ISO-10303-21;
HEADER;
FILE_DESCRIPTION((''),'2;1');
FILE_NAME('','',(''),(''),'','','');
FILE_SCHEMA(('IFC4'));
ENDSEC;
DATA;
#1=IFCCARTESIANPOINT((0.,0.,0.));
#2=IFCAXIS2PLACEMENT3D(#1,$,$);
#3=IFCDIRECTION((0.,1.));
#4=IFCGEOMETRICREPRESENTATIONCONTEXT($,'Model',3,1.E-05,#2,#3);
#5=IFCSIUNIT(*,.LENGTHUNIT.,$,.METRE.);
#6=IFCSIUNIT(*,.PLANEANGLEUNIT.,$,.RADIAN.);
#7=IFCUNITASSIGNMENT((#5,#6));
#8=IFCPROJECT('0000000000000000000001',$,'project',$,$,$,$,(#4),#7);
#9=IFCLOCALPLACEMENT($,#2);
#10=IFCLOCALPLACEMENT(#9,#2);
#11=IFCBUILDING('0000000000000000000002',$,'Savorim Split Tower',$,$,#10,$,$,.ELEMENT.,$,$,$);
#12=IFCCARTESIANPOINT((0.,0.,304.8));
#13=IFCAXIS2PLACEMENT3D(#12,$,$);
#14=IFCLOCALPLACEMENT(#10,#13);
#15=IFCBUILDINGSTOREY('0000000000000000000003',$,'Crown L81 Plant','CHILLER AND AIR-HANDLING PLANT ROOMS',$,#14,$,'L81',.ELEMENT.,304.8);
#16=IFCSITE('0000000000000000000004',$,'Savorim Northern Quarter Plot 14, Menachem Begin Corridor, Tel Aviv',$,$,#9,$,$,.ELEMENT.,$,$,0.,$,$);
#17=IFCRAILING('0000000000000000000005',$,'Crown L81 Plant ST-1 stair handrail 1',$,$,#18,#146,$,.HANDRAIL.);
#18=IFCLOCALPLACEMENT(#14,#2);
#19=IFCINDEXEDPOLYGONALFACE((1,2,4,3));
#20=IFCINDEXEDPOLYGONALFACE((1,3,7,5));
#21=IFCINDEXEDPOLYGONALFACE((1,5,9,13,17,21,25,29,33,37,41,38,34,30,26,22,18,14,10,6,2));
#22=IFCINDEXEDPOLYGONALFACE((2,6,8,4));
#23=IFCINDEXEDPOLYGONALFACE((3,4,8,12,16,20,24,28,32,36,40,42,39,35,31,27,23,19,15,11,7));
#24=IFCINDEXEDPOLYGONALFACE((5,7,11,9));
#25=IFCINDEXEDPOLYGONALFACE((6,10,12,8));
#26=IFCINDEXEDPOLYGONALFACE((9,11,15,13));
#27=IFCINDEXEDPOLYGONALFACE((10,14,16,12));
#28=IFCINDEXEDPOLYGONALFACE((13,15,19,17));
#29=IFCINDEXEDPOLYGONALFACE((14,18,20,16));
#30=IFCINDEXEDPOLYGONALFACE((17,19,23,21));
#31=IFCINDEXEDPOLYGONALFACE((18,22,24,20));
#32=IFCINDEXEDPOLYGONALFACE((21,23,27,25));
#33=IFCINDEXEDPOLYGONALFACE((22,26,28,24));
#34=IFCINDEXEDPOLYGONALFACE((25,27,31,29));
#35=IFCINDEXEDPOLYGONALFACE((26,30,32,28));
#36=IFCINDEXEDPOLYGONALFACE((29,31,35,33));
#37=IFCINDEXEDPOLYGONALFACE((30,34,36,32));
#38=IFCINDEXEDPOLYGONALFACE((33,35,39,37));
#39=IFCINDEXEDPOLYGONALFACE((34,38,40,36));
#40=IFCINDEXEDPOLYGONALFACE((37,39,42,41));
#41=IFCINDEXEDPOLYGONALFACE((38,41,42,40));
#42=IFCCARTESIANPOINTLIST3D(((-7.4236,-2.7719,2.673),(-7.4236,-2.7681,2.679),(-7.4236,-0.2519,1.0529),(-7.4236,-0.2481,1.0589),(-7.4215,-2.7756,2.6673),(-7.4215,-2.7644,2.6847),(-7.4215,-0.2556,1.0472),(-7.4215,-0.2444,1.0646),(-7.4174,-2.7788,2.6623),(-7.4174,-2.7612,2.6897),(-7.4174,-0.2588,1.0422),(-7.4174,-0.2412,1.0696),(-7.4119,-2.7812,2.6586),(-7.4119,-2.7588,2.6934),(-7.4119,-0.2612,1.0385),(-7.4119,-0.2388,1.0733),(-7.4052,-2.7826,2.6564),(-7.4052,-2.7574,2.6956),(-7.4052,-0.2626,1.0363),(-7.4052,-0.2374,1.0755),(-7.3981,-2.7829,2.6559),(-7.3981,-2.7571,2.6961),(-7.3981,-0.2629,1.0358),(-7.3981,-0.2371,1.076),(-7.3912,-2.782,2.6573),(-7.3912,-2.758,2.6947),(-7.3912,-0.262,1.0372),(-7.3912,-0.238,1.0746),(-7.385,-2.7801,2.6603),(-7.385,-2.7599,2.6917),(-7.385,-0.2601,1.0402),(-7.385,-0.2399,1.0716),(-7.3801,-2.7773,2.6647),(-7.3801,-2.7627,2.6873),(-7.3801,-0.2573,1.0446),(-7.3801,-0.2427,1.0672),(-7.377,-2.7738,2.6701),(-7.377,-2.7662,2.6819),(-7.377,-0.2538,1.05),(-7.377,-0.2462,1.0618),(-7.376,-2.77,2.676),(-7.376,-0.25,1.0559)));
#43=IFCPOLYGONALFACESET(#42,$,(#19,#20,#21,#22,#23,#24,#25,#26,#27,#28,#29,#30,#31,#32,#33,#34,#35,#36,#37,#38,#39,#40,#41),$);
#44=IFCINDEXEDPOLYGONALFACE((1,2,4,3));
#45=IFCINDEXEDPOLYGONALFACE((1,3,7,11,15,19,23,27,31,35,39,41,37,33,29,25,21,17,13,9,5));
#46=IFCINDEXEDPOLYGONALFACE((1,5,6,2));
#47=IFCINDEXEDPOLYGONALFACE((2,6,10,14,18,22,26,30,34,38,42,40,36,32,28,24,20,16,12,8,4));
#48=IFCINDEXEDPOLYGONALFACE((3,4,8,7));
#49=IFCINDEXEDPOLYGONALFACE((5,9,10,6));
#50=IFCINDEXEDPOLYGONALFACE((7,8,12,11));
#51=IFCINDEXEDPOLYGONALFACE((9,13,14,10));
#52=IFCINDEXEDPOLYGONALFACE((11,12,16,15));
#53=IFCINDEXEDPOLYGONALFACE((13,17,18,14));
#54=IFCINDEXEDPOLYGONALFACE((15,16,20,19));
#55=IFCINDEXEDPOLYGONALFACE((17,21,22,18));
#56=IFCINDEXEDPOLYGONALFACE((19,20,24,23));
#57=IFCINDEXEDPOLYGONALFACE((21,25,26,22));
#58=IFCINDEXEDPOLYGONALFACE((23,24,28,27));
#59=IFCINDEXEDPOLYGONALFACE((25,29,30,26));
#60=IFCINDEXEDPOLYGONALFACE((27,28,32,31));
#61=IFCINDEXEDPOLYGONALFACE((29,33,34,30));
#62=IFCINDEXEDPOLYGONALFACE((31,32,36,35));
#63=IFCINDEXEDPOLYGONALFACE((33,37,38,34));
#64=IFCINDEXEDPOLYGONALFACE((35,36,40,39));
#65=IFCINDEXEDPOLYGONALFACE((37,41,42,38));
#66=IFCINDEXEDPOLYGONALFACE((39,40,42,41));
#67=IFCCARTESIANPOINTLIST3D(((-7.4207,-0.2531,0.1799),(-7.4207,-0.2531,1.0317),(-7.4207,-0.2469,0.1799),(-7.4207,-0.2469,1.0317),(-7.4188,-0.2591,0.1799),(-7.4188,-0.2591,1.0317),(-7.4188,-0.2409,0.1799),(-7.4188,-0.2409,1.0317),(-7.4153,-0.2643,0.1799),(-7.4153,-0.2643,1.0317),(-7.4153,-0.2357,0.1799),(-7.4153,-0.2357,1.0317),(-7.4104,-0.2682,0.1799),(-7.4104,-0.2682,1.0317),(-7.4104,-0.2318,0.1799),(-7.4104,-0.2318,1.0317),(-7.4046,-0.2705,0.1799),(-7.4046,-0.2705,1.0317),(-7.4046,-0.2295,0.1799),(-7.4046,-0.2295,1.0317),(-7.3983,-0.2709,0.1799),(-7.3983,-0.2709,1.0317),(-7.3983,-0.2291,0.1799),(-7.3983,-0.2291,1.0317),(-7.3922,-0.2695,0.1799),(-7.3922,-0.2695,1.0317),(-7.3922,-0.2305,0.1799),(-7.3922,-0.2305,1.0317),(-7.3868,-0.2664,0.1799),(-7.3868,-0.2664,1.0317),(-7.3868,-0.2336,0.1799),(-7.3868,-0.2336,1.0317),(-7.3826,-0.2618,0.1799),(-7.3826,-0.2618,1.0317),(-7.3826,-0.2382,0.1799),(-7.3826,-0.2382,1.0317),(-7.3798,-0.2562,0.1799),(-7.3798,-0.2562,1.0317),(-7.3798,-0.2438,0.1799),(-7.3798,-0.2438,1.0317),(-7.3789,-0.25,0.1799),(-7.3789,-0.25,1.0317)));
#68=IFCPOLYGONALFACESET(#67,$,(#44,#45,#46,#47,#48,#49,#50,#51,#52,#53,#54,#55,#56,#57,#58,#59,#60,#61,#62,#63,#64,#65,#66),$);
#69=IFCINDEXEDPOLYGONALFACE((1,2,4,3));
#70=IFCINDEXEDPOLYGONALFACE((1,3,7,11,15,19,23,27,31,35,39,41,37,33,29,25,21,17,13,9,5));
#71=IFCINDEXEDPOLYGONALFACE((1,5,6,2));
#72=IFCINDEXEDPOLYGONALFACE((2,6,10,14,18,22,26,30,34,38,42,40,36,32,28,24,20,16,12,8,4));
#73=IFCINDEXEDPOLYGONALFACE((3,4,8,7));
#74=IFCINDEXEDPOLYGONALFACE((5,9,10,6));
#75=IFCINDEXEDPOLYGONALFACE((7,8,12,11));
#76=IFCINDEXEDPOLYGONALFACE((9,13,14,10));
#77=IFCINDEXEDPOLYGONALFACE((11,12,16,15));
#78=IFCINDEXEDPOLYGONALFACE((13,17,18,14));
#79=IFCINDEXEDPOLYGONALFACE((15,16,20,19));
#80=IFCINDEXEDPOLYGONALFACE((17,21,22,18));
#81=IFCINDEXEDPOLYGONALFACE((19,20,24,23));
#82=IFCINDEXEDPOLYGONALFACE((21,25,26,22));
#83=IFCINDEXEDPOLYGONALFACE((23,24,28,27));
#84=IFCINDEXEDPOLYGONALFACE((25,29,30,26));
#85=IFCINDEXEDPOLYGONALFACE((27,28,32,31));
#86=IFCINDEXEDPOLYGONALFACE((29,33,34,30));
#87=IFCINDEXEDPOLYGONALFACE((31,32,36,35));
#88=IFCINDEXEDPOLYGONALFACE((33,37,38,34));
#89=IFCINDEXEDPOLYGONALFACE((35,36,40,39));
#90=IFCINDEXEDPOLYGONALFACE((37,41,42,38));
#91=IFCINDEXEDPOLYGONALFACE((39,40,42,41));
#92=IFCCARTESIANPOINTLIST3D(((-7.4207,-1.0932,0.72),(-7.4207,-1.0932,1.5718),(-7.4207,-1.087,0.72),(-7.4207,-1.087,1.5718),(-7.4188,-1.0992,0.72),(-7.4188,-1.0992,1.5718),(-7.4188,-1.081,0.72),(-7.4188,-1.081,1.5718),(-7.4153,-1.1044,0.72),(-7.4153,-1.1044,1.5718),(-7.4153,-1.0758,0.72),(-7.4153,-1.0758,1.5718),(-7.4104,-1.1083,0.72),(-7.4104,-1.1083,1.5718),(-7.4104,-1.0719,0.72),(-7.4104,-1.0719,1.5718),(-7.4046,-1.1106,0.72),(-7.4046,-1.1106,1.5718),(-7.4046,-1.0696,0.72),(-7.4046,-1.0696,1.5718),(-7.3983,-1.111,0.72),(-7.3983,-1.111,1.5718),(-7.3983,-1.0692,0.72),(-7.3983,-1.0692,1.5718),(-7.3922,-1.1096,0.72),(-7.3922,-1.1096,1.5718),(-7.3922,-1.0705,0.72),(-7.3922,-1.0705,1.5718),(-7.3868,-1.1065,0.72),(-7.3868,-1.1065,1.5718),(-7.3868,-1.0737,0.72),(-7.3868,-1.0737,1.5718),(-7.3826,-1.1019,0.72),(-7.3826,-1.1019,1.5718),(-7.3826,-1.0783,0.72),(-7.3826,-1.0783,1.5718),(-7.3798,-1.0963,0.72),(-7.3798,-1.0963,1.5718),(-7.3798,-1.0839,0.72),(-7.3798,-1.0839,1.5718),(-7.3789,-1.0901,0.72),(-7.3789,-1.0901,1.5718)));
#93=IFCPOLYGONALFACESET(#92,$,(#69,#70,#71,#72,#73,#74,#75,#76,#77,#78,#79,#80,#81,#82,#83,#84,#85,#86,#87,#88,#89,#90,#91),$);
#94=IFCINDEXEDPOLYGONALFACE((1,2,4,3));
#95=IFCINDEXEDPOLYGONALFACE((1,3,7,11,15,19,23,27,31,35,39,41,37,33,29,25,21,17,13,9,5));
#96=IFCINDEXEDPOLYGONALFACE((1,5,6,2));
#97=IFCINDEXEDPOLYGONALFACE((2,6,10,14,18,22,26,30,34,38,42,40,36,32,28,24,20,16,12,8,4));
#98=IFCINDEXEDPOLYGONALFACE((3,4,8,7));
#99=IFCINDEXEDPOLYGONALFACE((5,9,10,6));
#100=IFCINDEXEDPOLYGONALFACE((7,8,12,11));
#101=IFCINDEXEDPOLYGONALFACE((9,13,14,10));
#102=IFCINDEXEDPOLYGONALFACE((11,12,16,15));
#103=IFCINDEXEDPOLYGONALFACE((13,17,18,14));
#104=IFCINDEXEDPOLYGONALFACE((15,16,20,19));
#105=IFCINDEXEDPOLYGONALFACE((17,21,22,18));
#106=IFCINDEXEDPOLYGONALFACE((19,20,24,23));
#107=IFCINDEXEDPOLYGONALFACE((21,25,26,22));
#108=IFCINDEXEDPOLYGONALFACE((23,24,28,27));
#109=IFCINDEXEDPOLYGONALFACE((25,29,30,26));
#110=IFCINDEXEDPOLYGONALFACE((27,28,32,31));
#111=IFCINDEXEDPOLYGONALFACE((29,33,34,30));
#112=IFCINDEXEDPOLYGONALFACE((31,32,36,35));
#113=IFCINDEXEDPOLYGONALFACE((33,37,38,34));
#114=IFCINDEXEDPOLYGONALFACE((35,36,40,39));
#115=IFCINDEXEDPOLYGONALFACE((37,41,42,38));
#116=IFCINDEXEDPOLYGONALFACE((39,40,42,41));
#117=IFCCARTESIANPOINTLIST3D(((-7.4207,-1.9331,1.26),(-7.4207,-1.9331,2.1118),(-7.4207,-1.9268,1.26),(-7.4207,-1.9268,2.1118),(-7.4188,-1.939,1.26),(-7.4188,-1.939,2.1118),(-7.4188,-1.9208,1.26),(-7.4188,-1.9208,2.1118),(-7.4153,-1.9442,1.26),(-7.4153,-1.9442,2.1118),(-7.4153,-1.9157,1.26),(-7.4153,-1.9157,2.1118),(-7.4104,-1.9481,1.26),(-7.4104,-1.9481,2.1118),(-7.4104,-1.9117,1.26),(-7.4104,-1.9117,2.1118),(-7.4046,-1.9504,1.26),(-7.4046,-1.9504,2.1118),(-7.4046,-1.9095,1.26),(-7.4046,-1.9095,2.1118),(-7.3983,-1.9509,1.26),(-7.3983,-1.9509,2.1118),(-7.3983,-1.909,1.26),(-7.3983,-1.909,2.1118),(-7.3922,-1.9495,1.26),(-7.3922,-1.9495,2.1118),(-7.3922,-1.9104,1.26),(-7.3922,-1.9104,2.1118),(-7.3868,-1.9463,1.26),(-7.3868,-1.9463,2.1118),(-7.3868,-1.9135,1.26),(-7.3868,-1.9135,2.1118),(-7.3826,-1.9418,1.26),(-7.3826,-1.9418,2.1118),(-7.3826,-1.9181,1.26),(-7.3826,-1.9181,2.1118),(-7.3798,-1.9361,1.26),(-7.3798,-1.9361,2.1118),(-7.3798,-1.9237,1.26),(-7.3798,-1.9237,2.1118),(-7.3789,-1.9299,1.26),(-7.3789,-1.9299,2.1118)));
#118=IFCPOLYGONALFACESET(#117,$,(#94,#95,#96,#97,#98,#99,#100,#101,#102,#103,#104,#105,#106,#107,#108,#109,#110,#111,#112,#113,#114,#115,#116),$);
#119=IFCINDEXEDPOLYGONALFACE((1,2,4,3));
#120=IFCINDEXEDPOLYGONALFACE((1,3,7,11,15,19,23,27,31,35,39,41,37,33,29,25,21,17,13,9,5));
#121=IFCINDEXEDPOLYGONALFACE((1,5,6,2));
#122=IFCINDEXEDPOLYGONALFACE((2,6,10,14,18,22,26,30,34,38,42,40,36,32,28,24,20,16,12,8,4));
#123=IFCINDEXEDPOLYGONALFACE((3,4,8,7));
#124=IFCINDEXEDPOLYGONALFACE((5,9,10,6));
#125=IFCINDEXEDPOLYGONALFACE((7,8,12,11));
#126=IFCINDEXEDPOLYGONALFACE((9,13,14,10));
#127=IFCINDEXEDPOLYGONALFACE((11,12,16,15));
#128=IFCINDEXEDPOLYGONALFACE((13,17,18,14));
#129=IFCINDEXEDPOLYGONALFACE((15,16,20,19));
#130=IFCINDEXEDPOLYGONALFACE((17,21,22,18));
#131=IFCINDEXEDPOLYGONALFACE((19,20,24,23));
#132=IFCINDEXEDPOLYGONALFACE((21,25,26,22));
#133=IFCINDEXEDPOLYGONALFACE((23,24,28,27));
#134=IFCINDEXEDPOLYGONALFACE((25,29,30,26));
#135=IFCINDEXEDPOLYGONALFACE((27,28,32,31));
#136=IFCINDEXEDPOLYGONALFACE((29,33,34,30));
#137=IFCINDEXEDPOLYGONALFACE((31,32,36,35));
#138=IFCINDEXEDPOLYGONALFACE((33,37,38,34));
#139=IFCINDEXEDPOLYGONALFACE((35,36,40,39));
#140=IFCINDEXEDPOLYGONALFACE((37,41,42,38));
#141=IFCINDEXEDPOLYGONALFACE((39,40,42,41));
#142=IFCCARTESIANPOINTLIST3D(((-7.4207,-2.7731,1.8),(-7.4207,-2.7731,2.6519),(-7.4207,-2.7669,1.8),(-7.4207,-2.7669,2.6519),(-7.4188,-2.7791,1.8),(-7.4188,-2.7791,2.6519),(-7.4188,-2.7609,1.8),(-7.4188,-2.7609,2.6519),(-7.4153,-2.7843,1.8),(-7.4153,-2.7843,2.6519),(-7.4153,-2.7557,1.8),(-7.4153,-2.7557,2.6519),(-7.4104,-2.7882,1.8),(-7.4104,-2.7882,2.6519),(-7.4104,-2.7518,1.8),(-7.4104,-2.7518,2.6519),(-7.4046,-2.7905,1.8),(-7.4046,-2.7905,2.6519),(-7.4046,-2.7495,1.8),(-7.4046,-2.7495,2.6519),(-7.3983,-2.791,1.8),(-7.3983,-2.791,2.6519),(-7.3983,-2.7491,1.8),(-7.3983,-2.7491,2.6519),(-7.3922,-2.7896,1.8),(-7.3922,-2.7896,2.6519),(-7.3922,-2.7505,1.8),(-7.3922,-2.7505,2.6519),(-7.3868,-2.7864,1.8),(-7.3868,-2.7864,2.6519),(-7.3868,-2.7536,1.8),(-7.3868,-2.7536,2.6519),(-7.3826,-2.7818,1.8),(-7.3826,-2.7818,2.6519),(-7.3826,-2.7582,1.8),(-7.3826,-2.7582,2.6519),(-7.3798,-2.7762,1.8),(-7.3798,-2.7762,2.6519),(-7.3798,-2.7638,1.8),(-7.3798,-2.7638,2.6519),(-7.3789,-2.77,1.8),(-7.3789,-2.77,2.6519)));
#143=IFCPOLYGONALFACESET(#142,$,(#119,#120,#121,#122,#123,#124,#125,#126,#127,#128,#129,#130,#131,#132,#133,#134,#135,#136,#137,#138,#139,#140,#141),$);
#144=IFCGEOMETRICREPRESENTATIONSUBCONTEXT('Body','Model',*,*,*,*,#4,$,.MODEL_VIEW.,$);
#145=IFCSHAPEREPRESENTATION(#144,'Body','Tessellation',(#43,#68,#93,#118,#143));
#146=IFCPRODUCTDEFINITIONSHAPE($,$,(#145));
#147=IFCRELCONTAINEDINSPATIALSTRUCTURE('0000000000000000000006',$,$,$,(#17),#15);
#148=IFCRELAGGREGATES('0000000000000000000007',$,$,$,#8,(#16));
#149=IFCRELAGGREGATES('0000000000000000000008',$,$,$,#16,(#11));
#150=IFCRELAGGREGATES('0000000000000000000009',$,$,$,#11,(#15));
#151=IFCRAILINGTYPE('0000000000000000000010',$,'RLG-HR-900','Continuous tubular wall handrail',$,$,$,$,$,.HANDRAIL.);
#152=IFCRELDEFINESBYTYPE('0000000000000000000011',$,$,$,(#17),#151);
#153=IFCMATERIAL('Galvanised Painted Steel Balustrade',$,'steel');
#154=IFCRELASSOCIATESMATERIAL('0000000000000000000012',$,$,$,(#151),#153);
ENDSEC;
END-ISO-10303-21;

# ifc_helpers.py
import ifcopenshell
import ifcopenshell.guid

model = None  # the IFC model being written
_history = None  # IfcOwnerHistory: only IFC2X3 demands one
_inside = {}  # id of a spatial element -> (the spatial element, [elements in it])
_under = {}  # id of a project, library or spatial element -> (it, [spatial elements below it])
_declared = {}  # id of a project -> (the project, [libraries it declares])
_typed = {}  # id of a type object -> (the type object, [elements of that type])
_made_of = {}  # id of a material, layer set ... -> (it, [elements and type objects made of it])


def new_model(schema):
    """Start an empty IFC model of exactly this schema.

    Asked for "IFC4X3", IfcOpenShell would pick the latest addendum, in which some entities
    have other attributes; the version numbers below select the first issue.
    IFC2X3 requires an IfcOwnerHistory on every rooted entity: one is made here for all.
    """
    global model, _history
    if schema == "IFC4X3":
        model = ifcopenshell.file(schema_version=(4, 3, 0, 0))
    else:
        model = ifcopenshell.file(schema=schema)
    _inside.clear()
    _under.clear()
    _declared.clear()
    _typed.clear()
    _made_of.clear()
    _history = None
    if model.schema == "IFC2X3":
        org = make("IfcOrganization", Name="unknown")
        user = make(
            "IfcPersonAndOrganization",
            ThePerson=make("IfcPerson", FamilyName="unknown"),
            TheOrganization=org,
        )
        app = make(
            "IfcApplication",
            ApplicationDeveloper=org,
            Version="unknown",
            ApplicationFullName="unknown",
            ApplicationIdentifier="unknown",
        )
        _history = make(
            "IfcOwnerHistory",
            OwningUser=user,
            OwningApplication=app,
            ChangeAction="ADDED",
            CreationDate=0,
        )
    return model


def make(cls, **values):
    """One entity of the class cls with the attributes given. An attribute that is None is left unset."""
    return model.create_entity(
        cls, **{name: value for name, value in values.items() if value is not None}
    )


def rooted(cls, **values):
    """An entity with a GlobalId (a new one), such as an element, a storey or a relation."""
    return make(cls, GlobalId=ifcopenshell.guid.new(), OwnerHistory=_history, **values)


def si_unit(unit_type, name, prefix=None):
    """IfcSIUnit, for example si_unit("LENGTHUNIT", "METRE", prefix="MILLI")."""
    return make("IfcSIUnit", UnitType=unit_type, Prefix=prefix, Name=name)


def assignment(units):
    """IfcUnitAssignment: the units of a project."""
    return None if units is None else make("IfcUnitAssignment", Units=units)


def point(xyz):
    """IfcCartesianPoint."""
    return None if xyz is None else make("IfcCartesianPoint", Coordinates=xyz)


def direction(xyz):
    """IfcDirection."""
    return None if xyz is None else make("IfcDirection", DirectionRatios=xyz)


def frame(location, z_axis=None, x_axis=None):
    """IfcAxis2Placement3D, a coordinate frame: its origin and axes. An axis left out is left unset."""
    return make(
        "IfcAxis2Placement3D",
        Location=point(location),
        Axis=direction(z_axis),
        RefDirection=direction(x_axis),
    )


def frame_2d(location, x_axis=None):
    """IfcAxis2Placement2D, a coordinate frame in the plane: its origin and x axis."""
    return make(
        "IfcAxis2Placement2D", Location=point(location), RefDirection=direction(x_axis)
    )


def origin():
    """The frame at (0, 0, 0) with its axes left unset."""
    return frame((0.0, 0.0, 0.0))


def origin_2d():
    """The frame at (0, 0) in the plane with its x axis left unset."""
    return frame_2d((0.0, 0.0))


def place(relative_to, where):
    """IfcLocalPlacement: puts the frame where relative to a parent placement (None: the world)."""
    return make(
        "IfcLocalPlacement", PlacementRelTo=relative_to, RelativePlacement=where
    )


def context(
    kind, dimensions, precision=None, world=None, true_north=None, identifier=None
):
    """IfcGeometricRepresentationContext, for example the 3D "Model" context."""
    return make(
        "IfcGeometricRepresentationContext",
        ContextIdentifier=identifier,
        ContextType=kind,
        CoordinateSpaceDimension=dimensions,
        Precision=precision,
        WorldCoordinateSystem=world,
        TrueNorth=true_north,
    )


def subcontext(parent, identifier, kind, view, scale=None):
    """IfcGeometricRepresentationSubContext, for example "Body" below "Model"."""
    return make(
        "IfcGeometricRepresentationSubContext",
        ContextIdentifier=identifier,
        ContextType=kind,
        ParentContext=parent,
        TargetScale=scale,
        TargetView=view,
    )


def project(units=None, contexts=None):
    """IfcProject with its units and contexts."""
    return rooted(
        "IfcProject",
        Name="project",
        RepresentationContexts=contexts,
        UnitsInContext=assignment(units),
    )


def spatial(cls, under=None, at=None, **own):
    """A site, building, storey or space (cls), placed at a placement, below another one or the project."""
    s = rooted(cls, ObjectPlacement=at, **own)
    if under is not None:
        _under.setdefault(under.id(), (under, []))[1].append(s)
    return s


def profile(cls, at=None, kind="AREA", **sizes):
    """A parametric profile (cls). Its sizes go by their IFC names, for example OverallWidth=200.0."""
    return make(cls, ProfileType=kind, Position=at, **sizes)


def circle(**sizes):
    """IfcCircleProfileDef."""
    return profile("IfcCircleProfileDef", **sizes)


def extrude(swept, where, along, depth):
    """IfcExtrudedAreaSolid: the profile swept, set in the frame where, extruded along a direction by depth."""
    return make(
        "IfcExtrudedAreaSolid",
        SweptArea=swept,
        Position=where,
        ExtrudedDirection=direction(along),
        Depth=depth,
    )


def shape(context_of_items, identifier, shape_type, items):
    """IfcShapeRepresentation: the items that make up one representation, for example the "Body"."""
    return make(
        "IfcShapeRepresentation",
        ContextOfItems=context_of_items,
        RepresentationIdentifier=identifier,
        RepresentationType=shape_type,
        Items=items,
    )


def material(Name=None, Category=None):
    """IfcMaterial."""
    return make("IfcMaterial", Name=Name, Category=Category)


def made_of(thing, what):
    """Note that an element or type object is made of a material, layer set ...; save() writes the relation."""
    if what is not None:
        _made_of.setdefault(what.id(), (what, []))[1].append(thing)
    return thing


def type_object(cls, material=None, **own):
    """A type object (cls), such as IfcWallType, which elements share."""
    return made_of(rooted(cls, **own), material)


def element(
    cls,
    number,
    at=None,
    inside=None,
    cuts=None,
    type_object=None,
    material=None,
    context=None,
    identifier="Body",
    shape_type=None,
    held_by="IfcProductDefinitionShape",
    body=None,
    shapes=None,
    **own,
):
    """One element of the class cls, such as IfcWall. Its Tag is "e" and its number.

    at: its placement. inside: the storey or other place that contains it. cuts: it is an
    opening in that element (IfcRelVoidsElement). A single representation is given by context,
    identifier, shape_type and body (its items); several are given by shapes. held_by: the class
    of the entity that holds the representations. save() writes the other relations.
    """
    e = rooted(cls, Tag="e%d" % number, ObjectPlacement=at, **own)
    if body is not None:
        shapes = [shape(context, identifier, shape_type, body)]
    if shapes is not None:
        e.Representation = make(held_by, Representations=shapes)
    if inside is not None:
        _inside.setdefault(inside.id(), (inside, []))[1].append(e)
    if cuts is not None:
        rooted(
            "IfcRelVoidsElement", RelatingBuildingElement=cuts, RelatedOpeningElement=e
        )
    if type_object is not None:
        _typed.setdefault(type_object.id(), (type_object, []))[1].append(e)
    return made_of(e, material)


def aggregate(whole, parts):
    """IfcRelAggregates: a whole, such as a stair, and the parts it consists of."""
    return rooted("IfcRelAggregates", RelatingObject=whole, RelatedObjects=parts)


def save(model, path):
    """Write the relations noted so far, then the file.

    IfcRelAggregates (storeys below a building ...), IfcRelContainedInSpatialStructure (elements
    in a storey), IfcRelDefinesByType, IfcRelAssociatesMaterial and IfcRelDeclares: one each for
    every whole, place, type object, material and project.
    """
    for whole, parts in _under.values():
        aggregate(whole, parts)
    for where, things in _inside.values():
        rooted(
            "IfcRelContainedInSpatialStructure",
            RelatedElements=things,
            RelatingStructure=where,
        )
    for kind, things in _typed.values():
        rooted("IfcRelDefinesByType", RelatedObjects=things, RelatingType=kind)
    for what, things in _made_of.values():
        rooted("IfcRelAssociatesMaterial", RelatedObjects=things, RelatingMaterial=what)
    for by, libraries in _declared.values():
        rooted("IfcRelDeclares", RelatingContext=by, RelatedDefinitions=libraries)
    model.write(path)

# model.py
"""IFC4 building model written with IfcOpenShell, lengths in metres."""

from ifc_helpers import new_model, si_unit, direction, frame, origin, origin_2d, place, context, subcontext, project, spatial, circle, extrude, material, type_object, element, save


model = new_model("IFC4")

# Units and contexts
model_context = context("Model", 3, precision=1e-05, world=origin(), true_north=direction((0.0, 1.0)))
body_context = subcontext(model_context, "Body", "Model", "MODEL_VIEW")
ifc_project = project(units=[si_unit("LENGTHUNIT", "METRE"), si_unit("PLANEANGLEUNIT", "RADIAN")], contexts=[model_context])

# Site, building, storey
site_placement = place(None, origin())
site = spatial("IfcSite", under=ifc_project, at=site_placement, Name="Savorim Northern Quarter Plot 14, Menachem Begin Corridor, Tel Aviv", CompositionType="ELEMENT", RefElevation=0.0)
building_placement = place(site_placement, origin())
building = spatial("IfcBuilding", under=site, at=building_placement, Name="Savorim Split Tower", CompositionType="ELEMENT")
storey_placement = place(building_placement, frame((0.0, 0.0, 304.8)))
storey = spatial("IfcBuildingStorey", under=building, at=storey_placement, Name="Crown L81 Plant", Description="CHILLER AND AIR-HANDLING PLANT ROOMS", LongName="L81", CompositionType="ELEMENT", Elevation=304.8)

# Railing
ifc_material_1 = material(Name="Galvanised Painted Steel Balustrade", Category="steel")
railing_type_1 = type_object("IfcRailingType", Name="RLG-HR-900", Description="Continuous tubular wall handrail", PredefinedType="HANDRAIL", material=ifc_material_1)
railing_1_placement = place(storey_placement, frame((-7.3999, -0.25, 0.1799)))
element("IfcRailing", 1, at=railing_1_placement, inside=storey, type_object=railing_type_1, Name="Crown L81 Plant ST-1 stair handrail 1", PredefinedType="HANDRAIL", context=body_context, shape_type="SweptSolid", body=[
    extrude(circle(Radius=0.0239, at=origin_2d()), frame((0.0, 0.0, 0.876), z_axis=(0.0, -0.841163, 0.540782), x_axis=(1.0, 0.0, 0.0)), (0.0, 0.0, 1.0), 2.9958),
    extrude(circle(Radius=0.021, at=origin_2d()), origin(), (0.0, 0.0, 1.0), 0.8518),
    extrude(circle(Radius=0.021, at=origin_2d()), frame((0.0, -0.8401, 0.54)), (0.0, 0.0, 1.0), 0.8518),
    extrude(circle(Radius=0.021, at=origin_2d()), frame((0.0, -1.6799, 1.0801)), (0.0, 0.0, 1.0), 0.8518),
    extrude(circle(Radius=0.021, at=origin_2d()), frame((0.0, -2.52, 1.6201)), (0.0, 0.0, 1.0), 0.8518),
])

save(model, "model.ifc")
